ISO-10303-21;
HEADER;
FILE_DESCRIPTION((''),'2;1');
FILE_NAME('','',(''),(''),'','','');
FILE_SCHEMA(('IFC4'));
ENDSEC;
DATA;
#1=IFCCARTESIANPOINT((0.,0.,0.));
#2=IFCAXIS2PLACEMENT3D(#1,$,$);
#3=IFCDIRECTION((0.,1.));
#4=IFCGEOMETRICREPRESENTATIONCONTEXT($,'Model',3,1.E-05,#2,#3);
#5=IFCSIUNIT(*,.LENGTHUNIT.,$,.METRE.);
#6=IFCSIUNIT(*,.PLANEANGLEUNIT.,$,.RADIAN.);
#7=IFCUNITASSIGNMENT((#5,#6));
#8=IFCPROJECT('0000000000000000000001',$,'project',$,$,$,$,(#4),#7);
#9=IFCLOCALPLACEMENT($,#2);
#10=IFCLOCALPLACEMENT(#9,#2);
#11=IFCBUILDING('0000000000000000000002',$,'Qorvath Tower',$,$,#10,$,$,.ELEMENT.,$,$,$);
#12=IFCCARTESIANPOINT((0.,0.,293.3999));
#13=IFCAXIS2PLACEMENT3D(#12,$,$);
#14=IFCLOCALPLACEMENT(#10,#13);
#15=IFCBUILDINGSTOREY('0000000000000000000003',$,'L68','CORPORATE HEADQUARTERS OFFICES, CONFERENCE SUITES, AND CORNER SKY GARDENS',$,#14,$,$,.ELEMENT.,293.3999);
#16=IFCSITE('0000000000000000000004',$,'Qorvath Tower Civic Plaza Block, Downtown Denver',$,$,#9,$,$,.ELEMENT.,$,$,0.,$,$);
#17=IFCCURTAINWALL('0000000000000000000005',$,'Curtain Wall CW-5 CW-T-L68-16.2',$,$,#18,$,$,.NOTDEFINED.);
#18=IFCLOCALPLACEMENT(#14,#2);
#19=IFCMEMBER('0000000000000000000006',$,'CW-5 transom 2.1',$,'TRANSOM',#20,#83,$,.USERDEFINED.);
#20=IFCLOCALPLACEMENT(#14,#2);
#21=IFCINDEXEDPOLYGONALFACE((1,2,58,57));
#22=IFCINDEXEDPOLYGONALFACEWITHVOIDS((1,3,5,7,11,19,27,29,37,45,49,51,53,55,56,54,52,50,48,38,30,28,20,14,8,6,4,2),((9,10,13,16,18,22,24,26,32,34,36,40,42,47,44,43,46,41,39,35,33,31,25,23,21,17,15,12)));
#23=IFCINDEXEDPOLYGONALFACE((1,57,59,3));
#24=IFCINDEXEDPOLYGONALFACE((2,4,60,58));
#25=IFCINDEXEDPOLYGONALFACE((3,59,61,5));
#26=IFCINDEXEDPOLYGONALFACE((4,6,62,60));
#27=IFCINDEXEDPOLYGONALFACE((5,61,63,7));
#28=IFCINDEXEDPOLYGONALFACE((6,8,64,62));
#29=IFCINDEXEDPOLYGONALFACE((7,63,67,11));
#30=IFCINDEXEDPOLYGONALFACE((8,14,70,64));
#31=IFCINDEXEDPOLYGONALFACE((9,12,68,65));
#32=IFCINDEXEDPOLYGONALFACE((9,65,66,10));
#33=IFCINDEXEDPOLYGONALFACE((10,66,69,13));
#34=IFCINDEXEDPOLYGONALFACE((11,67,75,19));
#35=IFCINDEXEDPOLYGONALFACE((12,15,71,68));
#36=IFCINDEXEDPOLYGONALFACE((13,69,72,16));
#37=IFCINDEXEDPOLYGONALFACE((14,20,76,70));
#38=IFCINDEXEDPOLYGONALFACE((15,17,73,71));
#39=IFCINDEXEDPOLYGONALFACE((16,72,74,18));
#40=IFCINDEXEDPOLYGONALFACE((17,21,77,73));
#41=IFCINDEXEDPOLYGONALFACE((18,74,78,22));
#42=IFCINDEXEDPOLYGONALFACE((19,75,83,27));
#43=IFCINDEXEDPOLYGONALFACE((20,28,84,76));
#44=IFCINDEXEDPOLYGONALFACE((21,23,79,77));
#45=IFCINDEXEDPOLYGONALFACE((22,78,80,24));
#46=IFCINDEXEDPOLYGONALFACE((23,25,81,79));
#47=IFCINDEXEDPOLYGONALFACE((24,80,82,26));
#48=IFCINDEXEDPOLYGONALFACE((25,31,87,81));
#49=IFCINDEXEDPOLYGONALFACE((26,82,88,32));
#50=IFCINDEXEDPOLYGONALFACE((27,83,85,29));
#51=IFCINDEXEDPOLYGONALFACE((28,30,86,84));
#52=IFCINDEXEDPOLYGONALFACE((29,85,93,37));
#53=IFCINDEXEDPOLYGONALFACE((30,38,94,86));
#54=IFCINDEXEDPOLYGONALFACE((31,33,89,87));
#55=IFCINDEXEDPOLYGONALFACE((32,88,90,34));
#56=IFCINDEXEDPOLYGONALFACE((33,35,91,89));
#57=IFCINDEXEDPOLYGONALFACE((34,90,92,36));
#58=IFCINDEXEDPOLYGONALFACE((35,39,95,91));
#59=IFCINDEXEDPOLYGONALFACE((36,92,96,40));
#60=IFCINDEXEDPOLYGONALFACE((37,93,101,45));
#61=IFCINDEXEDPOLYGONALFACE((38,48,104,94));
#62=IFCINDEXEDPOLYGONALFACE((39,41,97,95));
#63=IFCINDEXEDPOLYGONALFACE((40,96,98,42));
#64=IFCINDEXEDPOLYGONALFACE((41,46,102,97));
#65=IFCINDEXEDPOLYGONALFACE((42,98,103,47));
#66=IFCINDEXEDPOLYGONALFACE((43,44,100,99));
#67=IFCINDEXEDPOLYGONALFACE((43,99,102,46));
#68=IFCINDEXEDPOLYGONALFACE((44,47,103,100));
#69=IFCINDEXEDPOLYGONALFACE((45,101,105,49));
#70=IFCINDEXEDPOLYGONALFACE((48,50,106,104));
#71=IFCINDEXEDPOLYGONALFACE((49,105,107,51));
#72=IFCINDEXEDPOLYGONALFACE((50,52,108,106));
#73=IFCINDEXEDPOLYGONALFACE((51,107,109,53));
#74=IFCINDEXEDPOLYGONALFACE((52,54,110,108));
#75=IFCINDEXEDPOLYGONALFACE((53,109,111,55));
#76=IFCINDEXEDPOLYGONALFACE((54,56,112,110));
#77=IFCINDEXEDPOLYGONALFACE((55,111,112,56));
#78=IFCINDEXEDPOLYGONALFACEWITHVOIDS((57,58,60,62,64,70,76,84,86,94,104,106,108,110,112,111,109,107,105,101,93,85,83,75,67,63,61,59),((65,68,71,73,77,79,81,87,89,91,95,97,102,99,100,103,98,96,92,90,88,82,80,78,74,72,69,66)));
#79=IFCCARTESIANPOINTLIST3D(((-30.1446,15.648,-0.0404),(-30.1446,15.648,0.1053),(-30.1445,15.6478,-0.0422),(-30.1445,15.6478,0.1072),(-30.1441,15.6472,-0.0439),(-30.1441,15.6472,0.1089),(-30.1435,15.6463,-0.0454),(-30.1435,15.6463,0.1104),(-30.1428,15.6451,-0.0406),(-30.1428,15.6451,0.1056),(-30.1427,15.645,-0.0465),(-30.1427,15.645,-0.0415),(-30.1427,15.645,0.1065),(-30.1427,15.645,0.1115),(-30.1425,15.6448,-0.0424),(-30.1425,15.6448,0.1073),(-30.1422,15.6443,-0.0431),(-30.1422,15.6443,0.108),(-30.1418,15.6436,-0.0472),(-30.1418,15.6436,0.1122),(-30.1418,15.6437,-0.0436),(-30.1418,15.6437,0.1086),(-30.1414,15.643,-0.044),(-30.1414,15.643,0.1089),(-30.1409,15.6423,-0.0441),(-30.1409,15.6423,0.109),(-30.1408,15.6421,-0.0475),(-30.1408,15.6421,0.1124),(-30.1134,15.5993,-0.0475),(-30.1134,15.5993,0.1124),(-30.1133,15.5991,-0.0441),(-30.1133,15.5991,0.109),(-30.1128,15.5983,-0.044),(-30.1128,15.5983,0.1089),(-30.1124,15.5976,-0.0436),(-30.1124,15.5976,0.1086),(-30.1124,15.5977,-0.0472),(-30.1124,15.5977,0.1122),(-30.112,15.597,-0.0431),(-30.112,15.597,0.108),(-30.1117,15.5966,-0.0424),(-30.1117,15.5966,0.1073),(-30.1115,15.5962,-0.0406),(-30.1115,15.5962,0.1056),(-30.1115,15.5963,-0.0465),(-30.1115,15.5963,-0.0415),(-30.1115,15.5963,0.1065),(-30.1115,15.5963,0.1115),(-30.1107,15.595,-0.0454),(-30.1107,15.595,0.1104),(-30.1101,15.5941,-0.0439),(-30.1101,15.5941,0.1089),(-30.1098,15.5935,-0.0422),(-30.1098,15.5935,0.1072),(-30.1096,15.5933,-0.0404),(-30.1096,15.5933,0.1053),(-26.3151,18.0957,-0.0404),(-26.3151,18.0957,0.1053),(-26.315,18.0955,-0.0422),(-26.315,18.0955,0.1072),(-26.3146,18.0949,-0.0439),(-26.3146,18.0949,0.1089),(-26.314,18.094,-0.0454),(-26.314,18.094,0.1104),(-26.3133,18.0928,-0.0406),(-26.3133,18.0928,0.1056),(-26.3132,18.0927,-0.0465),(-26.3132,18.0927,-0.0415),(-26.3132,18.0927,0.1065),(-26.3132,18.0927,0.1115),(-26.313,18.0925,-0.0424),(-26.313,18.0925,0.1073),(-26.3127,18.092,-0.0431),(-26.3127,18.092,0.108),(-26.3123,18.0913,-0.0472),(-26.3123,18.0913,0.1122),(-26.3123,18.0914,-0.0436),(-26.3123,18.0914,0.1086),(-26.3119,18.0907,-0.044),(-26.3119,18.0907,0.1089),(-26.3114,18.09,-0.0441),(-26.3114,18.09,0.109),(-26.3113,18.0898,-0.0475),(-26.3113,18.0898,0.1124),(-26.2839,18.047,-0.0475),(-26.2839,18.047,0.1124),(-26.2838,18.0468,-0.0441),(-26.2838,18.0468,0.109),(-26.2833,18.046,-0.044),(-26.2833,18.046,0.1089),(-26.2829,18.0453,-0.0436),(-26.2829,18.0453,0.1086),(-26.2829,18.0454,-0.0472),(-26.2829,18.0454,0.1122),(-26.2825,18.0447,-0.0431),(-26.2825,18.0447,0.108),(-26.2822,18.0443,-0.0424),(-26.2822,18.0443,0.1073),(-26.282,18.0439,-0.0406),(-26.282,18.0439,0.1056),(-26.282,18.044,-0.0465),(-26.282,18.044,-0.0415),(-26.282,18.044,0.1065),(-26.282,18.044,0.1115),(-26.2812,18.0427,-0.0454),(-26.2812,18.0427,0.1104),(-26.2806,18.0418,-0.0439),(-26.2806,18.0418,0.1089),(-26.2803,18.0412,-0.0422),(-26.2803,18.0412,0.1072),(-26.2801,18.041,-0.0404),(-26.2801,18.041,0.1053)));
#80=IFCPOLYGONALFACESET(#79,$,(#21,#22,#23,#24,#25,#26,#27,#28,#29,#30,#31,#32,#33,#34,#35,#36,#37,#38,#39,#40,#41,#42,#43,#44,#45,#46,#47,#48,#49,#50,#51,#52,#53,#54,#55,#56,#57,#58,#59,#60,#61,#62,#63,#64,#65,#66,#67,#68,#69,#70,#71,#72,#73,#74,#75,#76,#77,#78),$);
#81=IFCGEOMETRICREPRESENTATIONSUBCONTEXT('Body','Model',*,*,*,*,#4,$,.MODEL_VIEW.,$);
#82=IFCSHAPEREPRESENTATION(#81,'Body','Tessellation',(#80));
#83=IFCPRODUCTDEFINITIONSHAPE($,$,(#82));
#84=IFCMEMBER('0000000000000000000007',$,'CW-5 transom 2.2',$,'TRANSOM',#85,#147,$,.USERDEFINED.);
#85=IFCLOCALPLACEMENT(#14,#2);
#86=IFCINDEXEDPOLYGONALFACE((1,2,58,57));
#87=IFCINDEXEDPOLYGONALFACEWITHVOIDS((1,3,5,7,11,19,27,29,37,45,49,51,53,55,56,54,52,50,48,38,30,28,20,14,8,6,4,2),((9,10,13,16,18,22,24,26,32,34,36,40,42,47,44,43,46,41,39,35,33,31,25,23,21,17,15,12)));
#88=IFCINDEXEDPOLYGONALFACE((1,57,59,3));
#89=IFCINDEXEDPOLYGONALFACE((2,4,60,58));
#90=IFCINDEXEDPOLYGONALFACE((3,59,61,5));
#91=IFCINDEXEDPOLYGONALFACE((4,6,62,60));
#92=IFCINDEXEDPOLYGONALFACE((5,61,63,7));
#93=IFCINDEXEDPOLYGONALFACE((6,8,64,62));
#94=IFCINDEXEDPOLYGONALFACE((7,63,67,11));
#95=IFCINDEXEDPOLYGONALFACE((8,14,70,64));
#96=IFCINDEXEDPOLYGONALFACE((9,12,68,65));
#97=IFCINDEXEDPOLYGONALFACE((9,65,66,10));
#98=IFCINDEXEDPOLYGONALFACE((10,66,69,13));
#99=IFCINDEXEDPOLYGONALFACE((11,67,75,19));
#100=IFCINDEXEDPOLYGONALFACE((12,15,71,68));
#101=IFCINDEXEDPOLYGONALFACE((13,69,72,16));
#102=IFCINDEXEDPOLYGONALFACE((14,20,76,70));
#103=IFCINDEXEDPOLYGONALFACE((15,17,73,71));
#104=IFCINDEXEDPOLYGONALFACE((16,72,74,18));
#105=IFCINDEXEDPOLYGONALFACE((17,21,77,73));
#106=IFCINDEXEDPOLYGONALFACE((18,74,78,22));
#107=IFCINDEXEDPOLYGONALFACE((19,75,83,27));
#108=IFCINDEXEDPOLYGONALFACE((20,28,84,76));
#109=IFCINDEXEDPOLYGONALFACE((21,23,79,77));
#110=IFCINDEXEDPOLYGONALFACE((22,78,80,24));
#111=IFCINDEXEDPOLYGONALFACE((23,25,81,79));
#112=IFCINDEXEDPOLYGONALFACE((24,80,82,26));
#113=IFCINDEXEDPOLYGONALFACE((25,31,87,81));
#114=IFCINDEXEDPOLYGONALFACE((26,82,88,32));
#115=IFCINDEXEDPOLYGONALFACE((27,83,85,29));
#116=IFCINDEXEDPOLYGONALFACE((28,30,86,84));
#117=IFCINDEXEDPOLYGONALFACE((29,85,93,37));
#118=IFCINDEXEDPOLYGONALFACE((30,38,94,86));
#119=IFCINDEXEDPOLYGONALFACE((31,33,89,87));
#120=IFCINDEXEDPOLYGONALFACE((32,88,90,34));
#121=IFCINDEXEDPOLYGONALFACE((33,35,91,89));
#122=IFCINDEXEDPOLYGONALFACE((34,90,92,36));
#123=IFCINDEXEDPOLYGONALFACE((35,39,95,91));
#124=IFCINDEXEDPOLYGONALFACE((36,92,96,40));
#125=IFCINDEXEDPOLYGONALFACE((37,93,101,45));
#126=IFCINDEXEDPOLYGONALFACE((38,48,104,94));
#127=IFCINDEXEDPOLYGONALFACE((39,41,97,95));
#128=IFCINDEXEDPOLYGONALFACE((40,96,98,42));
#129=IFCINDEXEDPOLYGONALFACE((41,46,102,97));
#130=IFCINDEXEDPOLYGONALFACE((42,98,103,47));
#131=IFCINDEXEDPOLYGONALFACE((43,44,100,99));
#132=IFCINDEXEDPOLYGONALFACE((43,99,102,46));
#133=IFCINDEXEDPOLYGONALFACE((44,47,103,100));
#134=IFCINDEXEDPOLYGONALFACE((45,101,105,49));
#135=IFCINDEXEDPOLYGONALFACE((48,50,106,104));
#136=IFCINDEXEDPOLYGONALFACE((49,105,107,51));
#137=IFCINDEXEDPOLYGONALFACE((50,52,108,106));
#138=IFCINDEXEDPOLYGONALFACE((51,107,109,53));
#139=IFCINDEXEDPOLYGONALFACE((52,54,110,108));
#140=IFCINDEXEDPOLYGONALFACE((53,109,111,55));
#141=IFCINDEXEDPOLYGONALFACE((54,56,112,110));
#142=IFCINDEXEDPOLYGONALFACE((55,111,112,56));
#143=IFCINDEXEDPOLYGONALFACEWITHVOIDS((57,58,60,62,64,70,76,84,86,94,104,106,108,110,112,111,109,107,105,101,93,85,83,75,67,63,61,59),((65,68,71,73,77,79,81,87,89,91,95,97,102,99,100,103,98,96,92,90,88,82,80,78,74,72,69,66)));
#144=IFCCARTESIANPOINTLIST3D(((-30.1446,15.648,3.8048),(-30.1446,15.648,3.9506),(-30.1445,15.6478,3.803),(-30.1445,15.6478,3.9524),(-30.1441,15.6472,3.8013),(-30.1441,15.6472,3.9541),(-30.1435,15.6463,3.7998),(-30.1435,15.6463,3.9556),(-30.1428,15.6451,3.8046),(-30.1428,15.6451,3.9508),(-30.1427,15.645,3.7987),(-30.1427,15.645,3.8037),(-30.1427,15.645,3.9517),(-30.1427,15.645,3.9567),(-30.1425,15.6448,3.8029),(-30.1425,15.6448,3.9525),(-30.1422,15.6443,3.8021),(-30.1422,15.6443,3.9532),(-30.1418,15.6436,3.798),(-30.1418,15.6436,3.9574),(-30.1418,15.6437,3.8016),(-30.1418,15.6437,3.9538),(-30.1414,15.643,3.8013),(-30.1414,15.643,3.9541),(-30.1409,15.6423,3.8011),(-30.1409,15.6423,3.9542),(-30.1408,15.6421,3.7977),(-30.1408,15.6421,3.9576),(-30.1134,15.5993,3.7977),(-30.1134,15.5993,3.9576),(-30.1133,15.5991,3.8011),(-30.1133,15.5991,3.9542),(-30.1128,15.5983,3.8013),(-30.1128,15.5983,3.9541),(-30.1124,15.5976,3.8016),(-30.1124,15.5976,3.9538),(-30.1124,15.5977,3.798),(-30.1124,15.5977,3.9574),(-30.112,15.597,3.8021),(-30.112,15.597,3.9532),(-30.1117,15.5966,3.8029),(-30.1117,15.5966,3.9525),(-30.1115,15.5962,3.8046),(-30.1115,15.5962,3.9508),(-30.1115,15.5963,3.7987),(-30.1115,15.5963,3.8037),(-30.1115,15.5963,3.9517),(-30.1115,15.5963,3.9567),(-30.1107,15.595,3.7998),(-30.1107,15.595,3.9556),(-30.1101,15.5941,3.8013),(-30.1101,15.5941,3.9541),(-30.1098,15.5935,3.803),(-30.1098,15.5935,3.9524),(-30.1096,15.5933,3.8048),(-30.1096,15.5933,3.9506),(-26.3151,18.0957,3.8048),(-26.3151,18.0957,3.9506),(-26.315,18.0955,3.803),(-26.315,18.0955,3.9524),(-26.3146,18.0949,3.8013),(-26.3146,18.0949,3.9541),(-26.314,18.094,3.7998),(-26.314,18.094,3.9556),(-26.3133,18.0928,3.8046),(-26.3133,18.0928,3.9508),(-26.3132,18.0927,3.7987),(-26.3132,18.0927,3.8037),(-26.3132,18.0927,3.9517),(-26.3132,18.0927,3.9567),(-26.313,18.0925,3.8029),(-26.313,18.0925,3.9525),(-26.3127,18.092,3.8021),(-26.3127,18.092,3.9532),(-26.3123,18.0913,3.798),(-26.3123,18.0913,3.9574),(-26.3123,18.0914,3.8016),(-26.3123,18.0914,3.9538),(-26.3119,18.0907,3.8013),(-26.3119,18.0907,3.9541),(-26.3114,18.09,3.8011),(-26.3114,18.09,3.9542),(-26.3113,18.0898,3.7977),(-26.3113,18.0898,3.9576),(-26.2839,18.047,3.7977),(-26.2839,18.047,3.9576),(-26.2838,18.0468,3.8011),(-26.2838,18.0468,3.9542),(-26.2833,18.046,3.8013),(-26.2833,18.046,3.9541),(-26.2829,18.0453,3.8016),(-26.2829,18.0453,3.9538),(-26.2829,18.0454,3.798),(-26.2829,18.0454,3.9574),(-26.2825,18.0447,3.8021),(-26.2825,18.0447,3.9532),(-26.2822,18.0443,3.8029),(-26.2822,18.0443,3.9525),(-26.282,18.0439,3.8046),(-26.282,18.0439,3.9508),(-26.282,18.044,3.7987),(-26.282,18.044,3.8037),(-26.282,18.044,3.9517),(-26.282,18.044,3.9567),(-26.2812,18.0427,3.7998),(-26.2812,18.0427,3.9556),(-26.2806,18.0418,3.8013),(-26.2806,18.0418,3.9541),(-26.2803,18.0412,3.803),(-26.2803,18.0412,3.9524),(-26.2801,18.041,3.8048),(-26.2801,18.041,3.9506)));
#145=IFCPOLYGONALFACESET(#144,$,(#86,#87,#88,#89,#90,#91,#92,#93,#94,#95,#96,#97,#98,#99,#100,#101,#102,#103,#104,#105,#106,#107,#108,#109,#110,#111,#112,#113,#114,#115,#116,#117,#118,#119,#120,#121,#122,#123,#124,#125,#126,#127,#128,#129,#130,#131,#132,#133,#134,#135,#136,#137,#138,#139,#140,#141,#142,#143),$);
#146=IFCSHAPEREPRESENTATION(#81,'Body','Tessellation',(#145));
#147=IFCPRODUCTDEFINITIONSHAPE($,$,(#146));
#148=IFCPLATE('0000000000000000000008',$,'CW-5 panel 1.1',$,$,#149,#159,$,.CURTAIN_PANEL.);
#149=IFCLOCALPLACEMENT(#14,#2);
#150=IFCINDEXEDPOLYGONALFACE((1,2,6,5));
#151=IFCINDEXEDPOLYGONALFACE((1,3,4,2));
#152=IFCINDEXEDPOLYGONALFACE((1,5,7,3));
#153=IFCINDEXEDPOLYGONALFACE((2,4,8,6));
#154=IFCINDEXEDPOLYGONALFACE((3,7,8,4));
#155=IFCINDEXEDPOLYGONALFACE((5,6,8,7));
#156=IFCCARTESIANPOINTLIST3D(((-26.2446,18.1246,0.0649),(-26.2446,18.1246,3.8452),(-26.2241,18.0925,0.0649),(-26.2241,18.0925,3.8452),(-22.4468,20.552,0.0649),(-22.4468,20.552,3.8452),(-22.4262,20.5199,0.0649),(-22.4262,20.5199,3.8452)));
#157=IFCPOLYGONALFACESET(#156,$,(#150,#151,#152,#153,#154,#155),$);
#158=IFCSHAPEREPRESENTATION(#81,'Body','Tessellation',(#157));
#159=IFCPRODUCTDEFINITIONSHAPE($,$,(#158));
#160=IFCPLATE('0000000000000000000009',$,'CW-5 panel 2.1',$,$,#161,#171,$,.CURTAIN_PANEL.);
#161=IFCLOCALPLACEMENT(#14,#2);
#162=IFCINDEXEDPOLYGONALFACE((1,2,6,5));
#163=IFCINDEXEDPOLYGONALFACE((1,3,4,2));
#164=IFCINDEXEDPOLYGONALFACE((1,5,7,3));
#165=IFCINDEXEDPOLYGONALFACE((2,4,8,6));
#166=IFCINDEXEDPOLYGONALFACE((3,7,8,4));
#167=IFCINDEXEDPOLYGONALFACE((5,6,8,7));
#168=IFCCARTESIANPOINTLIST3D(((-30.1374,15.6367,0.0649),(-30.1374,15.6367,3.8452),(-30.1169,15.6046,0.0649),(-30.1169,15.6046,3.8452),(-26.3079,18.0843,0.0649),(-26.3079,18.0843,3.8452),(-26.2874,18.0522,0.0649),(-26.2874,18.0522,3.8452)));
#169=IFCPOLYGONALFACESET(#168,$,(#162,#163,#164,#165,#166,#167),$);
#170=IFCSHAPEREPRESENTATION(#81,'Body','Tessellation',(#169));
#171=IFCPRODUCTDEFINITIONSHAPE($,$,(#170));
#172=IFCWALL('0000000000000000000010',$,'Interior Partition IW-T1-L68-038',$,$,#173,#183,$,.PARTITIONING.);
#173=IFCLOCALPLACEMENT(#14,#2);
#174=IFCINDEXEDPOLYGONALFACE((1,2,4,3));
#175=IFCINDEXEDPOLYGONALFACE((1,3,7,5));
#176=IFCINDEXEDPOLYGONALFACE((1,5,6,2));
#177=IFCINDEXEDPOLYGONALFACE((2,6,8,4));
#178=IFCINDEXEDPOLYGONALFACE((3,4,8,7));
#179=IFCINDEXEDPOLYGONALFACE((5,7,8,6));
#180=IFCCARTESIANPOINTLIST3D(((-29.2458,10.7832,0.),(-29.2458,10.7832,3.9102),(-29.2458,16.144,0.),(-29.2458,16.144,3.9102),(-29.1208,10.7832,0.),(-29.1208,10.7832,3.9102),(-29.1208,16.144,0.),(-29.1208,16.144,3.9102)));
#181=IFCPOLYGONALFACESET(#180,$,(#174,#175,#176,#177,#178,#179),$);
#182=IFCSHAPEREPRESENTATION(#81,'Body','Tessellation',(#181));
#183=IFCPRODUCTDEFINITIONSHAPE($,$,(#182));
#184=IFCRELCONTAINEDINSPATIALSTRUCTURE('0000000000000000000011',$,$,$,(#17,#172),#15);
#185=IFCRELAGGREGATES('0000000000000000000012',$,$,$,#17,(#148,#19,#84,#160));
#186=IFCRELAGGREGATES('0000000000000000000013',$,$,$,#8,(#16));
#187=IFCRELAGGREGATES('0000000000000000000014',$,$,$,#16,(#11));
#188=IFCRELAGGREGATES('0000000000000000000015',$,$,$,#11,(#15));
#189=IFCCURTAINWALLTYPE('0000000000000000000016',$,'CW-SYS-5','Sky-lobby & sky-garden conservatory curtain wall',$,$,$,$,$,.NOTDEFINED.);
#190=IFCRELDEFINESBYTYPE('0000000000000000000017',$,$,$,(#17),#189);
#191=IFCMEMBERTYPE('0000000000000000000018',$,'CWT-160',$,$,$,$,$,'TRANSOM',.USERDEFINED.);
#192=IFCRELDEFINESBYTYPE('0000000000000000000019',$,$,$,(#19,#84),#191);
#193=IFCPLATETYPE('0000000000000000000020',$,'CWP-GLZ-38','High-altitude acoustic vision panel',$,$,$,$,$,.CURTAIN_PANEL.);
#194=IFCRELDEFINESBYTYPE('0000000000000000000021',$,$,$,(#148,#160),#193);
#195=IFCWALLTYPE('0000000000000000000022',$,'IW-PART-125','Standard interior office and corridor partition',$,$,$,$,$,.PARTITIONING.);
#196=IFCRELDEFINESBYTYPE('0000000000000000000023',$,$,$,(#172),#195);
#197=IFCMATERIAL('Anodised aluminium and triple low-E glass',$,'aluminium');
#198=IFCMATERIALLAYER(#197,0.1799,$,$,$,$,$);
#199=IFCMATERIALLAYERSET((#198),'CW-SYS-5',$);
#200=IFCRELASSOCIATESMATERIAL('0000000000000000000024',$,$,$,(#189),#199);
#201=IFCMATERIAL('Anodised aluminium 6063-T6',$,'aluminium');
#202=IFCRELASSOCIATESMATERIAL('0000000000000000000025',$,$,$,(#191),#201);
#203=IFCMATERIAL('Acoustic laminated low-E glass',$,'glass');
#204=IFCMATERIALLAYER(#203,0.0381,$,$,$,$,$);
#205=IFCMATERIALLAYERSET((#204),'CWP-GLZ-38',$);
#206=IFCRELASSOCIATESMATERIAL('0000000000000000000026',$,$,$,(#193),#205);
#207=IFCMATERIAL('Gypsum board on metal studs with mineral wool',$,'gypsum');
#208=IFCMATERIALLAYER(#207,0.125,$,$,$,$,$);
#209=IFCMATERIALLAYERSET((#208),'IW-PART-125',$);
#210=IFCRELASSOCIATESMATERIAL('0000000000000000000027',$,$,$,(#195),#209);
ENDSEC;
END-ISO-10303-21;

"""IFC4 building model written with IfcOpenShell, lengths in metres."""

from ifc_helpers import new_model, si_unit, direction, frame, frame_2d, origin, origin_2d, place, context, subcontext, project, spatial, rectangle, hollow_rectangle, extrude, material, layer, layer_set, material_profile, profile_set, type_object, element, aggregate, save


model = new_model("IFC4")

# Units and contexts
model_context = context("Model", 3, precision=1e-05, world=origin(), true_north=direction((0.0, 1.0)))
body_context = subcontext(model_context, "Body", "Model", "MODEL_VIEW")
ifc_project = project(units=[si_unit("LENGTHUNIT", "METRE"), si_unit("PLANEANGLEUNIT", "RADIAN")], contexts=[model_context])

# Site, building, storey
site_placement = place(None, origin())
site = spatial("IfcSite", under=ifc_project, at=site_placement, Name="Qorvath Tower Civic Plaza Block, Downtown Denver", CompositionType="ELEMENT", RefElevation=0.0)
building_placement = place(site_placement, origin())
building = spatial("IfcBuilding", under=site, at=building_placement, Name="Qorvath Tower", CompositionType="ELEMENT")
storey_placement = place(building_placement, frame((0.0, 0.0, 293.3999)))
storey = spatial("IfcBuildingStorey", under=building, at=storey_placement, Name="L68", Description="CORPORATE HEADQUARTERS OFFICES, CONFERENCE SUITES, AND CORNER SKY GARDENS", CompositionType="ELEMENT", Elevation=293.3999)

# Curtain wall, members, plates
ifc_material_1 = material(Name="Anodised aluminium and triple low-E glass", Category="aluminium")
ifc_layer_1 = layer(ifc_material_1, 0.1799)
ifc_layer_set_1 = layer_set([ifc_layer_1], Name="CW-SYS-5")
curtain_wall_type = type_object("IfcCurtainWallType", Name="CW-SYS-5", Description="Sky-lobby & sky-garden conservatory curtain wall", PredefinedType="NOTDEFINED", material=ifc_layer_set_1)
curtain_wall_placement = place(storey_placement, origin())
curtain_wall = element("IfcCurtainWall", 1, at=curtain_wall_placement, inside=storey, type_object=curtain_wall_type, Name="Curtain Wall CW-5 CW-T-L68-16.2", PredefinedType="NOTDEFINED")
ifc_material_2 = material(Name="Anodised aluminium 6063-T6", Category="aluminium")
ifc_material_profile_1 = material_profile(ifc_material_2, hollow_rectangle(XDim=0.0649, YDim=0.1599, WallThickness=0.0034, InnerFilletRadius=0.0034, OuterFilletRadius=0.0071, at=origin_2d()), Name="CWT 160x65")
ifc_profile_set_1 = profile_set([ifc_material_profile_1], Name="Anodised aluminium 6063-T6")
member_type_1 = type_object("IfcMemberType", Name="CWT-160", ElementType="TRANSOM", PredefinedType="USERDEFINED", material=ifc_profile_set_1)
member_1_placement = place(storey_placement, frame((-26.2976, 18.0684, 0.0325), z_axis=(-0.842589, -0.538557, 0.0), x_axis=(0.538557, -0.842589, 0.0)))
member_1 = element("IfcMember", 2, at=member_1_placement, type_object=member_type_1, Name="CW-5 transom 2.1", ObjectType="TRANSOM", PredefinedType="USERDEFINED", context=body_context, shape_type="SweptSolid", body=[
    extrude(hollow_rectangle(XDim=0.0649, YDim=0.1599, WallThickness=0.0034, InnerFilletRadius=0.0034, OuterFilletRadius=0.0071, at=origin_2d()), origin(), (0.0, 0.0, 1.0), 4.5449),
])
member_2_placement = place(storey_placement, frame((-26.2976, 18.0684, 3.8777), z_axis=(-0.842589, -0.538557, 0.0), x_axis=(0.538557, -0.842589, 0.0)))
member_2 = element("IfcMember", 3, at=member_2_placement, type_object=member_type_1, Name="CW-5 transom 2.2", ObjectType="TRANSOM", PredefinedType="USERDEFINED", context=body_context, shape_type="SweptSolid", body=[
    extrude(hollow_rectangle(XDim=0.0649, YDim=0.1599, WallThickness=0.0034, InnerFilletRadius=0.0034, OuterFilletRadius=0.0071, at=origin_2d()), origin(), (0.0, 0.0, 1.0), 4.5449),
])
ifc_material_3 = material(Name="Acoustic laminated low-E glass", Category="glass")
ifc_layer_2 = layer(ifc_material_3, 0.0381)
ifc_layer_set_2 = layer_set([ifc_layer_2], Name="CWP-GLZ-38")
plate_type = type_object("IfcPlateType", Name="CWP-GLZ-38", Description="High-altitude acoustic vision panel", PredefinedType="CURTAIN_PANEL", material=ifc_layer_set_2)
plate_1_placement = place(storey_placement, frame((-24.3354, 19.3223, 0.0649), z_axis=(0.0, 0.0, 1.0), x_axis=(-0.842604, -0.538534, 0.0)))
plate_1 = element("IfcPlate", 4, at=plate_1_placement, type_object=plate_type, Name="CW-5 panel 1.1", PredefinedType="CURTAIN_PANEL", context=body_context, shape_type="SweptSolid", body=[
    extrude(rectangle(XDim=4.5073, YDim=0.0381, at=origin_2d()), origin(), (0.0, 0.0, 1.0), 3.7803),
])
plate_2_placement = place(storey_placement, frame((-28.2124, 16.8445, 0.0649), z_axis=(0.0, 0.0, 1.0), x_axis=(-0.842604, -0.538534, 0.0)))
plate_2 = element("IfcPlate", 5, at=plate_2_placement, type_object=plate_type, Name="CW-5 panel 2.1", PredefinedType="CURTAIN_PANEL", context=body_context, shape_type="SweptSolid", body=[
    extrude(rectangle(XDim=4.5449, YDim=0.0381, at=origin_2d()), origin(), (0.0, 0.0, 1.0), 3.7803),
])
aggregate(curtain_wall, [plate_1, member_1, member_2, plate_2])

# Wall
ifc_material_4 = material(Name="Gypsum board on metal studs with mineral wool", Category="gypsum")
ifc_layer_3 = layer(ifc_material_4, 0.125)
ifc_layer_set_3 = layer_set([ifc_layer_3], Name="IW-PART-125")
wall_type_1 = type_object("IfcWallType", Name="IW-PART-125", Description="Standard interior office and corridor partition", PredefinedType="PARTITIONING", material=ifc_layer_set_3)
wall_1_placement = place(storey_placement, frame((-29.1833, 10.7832, 0.0), z_axis=(0.0, 0.0, 1.0), x_axis=(0.0, 1.0, 0.0)))
element("IfcWall", 6, at=wall_1_placement, inside=storey, type_object=wall_type_1, Name="Interior Partition IW-T1-L68-038", PredefinedType="PARTITIONING", context=body_context, shape_type="SweptSolid", body=[
    extrude(rectangle(XDim=5.3608, YDim=0.125, at=frame_2d((2.6804, 0.0))), origin(), (0.0, 0.0, 1.0), 3.9102),
])

save(model, "model.ifc")
